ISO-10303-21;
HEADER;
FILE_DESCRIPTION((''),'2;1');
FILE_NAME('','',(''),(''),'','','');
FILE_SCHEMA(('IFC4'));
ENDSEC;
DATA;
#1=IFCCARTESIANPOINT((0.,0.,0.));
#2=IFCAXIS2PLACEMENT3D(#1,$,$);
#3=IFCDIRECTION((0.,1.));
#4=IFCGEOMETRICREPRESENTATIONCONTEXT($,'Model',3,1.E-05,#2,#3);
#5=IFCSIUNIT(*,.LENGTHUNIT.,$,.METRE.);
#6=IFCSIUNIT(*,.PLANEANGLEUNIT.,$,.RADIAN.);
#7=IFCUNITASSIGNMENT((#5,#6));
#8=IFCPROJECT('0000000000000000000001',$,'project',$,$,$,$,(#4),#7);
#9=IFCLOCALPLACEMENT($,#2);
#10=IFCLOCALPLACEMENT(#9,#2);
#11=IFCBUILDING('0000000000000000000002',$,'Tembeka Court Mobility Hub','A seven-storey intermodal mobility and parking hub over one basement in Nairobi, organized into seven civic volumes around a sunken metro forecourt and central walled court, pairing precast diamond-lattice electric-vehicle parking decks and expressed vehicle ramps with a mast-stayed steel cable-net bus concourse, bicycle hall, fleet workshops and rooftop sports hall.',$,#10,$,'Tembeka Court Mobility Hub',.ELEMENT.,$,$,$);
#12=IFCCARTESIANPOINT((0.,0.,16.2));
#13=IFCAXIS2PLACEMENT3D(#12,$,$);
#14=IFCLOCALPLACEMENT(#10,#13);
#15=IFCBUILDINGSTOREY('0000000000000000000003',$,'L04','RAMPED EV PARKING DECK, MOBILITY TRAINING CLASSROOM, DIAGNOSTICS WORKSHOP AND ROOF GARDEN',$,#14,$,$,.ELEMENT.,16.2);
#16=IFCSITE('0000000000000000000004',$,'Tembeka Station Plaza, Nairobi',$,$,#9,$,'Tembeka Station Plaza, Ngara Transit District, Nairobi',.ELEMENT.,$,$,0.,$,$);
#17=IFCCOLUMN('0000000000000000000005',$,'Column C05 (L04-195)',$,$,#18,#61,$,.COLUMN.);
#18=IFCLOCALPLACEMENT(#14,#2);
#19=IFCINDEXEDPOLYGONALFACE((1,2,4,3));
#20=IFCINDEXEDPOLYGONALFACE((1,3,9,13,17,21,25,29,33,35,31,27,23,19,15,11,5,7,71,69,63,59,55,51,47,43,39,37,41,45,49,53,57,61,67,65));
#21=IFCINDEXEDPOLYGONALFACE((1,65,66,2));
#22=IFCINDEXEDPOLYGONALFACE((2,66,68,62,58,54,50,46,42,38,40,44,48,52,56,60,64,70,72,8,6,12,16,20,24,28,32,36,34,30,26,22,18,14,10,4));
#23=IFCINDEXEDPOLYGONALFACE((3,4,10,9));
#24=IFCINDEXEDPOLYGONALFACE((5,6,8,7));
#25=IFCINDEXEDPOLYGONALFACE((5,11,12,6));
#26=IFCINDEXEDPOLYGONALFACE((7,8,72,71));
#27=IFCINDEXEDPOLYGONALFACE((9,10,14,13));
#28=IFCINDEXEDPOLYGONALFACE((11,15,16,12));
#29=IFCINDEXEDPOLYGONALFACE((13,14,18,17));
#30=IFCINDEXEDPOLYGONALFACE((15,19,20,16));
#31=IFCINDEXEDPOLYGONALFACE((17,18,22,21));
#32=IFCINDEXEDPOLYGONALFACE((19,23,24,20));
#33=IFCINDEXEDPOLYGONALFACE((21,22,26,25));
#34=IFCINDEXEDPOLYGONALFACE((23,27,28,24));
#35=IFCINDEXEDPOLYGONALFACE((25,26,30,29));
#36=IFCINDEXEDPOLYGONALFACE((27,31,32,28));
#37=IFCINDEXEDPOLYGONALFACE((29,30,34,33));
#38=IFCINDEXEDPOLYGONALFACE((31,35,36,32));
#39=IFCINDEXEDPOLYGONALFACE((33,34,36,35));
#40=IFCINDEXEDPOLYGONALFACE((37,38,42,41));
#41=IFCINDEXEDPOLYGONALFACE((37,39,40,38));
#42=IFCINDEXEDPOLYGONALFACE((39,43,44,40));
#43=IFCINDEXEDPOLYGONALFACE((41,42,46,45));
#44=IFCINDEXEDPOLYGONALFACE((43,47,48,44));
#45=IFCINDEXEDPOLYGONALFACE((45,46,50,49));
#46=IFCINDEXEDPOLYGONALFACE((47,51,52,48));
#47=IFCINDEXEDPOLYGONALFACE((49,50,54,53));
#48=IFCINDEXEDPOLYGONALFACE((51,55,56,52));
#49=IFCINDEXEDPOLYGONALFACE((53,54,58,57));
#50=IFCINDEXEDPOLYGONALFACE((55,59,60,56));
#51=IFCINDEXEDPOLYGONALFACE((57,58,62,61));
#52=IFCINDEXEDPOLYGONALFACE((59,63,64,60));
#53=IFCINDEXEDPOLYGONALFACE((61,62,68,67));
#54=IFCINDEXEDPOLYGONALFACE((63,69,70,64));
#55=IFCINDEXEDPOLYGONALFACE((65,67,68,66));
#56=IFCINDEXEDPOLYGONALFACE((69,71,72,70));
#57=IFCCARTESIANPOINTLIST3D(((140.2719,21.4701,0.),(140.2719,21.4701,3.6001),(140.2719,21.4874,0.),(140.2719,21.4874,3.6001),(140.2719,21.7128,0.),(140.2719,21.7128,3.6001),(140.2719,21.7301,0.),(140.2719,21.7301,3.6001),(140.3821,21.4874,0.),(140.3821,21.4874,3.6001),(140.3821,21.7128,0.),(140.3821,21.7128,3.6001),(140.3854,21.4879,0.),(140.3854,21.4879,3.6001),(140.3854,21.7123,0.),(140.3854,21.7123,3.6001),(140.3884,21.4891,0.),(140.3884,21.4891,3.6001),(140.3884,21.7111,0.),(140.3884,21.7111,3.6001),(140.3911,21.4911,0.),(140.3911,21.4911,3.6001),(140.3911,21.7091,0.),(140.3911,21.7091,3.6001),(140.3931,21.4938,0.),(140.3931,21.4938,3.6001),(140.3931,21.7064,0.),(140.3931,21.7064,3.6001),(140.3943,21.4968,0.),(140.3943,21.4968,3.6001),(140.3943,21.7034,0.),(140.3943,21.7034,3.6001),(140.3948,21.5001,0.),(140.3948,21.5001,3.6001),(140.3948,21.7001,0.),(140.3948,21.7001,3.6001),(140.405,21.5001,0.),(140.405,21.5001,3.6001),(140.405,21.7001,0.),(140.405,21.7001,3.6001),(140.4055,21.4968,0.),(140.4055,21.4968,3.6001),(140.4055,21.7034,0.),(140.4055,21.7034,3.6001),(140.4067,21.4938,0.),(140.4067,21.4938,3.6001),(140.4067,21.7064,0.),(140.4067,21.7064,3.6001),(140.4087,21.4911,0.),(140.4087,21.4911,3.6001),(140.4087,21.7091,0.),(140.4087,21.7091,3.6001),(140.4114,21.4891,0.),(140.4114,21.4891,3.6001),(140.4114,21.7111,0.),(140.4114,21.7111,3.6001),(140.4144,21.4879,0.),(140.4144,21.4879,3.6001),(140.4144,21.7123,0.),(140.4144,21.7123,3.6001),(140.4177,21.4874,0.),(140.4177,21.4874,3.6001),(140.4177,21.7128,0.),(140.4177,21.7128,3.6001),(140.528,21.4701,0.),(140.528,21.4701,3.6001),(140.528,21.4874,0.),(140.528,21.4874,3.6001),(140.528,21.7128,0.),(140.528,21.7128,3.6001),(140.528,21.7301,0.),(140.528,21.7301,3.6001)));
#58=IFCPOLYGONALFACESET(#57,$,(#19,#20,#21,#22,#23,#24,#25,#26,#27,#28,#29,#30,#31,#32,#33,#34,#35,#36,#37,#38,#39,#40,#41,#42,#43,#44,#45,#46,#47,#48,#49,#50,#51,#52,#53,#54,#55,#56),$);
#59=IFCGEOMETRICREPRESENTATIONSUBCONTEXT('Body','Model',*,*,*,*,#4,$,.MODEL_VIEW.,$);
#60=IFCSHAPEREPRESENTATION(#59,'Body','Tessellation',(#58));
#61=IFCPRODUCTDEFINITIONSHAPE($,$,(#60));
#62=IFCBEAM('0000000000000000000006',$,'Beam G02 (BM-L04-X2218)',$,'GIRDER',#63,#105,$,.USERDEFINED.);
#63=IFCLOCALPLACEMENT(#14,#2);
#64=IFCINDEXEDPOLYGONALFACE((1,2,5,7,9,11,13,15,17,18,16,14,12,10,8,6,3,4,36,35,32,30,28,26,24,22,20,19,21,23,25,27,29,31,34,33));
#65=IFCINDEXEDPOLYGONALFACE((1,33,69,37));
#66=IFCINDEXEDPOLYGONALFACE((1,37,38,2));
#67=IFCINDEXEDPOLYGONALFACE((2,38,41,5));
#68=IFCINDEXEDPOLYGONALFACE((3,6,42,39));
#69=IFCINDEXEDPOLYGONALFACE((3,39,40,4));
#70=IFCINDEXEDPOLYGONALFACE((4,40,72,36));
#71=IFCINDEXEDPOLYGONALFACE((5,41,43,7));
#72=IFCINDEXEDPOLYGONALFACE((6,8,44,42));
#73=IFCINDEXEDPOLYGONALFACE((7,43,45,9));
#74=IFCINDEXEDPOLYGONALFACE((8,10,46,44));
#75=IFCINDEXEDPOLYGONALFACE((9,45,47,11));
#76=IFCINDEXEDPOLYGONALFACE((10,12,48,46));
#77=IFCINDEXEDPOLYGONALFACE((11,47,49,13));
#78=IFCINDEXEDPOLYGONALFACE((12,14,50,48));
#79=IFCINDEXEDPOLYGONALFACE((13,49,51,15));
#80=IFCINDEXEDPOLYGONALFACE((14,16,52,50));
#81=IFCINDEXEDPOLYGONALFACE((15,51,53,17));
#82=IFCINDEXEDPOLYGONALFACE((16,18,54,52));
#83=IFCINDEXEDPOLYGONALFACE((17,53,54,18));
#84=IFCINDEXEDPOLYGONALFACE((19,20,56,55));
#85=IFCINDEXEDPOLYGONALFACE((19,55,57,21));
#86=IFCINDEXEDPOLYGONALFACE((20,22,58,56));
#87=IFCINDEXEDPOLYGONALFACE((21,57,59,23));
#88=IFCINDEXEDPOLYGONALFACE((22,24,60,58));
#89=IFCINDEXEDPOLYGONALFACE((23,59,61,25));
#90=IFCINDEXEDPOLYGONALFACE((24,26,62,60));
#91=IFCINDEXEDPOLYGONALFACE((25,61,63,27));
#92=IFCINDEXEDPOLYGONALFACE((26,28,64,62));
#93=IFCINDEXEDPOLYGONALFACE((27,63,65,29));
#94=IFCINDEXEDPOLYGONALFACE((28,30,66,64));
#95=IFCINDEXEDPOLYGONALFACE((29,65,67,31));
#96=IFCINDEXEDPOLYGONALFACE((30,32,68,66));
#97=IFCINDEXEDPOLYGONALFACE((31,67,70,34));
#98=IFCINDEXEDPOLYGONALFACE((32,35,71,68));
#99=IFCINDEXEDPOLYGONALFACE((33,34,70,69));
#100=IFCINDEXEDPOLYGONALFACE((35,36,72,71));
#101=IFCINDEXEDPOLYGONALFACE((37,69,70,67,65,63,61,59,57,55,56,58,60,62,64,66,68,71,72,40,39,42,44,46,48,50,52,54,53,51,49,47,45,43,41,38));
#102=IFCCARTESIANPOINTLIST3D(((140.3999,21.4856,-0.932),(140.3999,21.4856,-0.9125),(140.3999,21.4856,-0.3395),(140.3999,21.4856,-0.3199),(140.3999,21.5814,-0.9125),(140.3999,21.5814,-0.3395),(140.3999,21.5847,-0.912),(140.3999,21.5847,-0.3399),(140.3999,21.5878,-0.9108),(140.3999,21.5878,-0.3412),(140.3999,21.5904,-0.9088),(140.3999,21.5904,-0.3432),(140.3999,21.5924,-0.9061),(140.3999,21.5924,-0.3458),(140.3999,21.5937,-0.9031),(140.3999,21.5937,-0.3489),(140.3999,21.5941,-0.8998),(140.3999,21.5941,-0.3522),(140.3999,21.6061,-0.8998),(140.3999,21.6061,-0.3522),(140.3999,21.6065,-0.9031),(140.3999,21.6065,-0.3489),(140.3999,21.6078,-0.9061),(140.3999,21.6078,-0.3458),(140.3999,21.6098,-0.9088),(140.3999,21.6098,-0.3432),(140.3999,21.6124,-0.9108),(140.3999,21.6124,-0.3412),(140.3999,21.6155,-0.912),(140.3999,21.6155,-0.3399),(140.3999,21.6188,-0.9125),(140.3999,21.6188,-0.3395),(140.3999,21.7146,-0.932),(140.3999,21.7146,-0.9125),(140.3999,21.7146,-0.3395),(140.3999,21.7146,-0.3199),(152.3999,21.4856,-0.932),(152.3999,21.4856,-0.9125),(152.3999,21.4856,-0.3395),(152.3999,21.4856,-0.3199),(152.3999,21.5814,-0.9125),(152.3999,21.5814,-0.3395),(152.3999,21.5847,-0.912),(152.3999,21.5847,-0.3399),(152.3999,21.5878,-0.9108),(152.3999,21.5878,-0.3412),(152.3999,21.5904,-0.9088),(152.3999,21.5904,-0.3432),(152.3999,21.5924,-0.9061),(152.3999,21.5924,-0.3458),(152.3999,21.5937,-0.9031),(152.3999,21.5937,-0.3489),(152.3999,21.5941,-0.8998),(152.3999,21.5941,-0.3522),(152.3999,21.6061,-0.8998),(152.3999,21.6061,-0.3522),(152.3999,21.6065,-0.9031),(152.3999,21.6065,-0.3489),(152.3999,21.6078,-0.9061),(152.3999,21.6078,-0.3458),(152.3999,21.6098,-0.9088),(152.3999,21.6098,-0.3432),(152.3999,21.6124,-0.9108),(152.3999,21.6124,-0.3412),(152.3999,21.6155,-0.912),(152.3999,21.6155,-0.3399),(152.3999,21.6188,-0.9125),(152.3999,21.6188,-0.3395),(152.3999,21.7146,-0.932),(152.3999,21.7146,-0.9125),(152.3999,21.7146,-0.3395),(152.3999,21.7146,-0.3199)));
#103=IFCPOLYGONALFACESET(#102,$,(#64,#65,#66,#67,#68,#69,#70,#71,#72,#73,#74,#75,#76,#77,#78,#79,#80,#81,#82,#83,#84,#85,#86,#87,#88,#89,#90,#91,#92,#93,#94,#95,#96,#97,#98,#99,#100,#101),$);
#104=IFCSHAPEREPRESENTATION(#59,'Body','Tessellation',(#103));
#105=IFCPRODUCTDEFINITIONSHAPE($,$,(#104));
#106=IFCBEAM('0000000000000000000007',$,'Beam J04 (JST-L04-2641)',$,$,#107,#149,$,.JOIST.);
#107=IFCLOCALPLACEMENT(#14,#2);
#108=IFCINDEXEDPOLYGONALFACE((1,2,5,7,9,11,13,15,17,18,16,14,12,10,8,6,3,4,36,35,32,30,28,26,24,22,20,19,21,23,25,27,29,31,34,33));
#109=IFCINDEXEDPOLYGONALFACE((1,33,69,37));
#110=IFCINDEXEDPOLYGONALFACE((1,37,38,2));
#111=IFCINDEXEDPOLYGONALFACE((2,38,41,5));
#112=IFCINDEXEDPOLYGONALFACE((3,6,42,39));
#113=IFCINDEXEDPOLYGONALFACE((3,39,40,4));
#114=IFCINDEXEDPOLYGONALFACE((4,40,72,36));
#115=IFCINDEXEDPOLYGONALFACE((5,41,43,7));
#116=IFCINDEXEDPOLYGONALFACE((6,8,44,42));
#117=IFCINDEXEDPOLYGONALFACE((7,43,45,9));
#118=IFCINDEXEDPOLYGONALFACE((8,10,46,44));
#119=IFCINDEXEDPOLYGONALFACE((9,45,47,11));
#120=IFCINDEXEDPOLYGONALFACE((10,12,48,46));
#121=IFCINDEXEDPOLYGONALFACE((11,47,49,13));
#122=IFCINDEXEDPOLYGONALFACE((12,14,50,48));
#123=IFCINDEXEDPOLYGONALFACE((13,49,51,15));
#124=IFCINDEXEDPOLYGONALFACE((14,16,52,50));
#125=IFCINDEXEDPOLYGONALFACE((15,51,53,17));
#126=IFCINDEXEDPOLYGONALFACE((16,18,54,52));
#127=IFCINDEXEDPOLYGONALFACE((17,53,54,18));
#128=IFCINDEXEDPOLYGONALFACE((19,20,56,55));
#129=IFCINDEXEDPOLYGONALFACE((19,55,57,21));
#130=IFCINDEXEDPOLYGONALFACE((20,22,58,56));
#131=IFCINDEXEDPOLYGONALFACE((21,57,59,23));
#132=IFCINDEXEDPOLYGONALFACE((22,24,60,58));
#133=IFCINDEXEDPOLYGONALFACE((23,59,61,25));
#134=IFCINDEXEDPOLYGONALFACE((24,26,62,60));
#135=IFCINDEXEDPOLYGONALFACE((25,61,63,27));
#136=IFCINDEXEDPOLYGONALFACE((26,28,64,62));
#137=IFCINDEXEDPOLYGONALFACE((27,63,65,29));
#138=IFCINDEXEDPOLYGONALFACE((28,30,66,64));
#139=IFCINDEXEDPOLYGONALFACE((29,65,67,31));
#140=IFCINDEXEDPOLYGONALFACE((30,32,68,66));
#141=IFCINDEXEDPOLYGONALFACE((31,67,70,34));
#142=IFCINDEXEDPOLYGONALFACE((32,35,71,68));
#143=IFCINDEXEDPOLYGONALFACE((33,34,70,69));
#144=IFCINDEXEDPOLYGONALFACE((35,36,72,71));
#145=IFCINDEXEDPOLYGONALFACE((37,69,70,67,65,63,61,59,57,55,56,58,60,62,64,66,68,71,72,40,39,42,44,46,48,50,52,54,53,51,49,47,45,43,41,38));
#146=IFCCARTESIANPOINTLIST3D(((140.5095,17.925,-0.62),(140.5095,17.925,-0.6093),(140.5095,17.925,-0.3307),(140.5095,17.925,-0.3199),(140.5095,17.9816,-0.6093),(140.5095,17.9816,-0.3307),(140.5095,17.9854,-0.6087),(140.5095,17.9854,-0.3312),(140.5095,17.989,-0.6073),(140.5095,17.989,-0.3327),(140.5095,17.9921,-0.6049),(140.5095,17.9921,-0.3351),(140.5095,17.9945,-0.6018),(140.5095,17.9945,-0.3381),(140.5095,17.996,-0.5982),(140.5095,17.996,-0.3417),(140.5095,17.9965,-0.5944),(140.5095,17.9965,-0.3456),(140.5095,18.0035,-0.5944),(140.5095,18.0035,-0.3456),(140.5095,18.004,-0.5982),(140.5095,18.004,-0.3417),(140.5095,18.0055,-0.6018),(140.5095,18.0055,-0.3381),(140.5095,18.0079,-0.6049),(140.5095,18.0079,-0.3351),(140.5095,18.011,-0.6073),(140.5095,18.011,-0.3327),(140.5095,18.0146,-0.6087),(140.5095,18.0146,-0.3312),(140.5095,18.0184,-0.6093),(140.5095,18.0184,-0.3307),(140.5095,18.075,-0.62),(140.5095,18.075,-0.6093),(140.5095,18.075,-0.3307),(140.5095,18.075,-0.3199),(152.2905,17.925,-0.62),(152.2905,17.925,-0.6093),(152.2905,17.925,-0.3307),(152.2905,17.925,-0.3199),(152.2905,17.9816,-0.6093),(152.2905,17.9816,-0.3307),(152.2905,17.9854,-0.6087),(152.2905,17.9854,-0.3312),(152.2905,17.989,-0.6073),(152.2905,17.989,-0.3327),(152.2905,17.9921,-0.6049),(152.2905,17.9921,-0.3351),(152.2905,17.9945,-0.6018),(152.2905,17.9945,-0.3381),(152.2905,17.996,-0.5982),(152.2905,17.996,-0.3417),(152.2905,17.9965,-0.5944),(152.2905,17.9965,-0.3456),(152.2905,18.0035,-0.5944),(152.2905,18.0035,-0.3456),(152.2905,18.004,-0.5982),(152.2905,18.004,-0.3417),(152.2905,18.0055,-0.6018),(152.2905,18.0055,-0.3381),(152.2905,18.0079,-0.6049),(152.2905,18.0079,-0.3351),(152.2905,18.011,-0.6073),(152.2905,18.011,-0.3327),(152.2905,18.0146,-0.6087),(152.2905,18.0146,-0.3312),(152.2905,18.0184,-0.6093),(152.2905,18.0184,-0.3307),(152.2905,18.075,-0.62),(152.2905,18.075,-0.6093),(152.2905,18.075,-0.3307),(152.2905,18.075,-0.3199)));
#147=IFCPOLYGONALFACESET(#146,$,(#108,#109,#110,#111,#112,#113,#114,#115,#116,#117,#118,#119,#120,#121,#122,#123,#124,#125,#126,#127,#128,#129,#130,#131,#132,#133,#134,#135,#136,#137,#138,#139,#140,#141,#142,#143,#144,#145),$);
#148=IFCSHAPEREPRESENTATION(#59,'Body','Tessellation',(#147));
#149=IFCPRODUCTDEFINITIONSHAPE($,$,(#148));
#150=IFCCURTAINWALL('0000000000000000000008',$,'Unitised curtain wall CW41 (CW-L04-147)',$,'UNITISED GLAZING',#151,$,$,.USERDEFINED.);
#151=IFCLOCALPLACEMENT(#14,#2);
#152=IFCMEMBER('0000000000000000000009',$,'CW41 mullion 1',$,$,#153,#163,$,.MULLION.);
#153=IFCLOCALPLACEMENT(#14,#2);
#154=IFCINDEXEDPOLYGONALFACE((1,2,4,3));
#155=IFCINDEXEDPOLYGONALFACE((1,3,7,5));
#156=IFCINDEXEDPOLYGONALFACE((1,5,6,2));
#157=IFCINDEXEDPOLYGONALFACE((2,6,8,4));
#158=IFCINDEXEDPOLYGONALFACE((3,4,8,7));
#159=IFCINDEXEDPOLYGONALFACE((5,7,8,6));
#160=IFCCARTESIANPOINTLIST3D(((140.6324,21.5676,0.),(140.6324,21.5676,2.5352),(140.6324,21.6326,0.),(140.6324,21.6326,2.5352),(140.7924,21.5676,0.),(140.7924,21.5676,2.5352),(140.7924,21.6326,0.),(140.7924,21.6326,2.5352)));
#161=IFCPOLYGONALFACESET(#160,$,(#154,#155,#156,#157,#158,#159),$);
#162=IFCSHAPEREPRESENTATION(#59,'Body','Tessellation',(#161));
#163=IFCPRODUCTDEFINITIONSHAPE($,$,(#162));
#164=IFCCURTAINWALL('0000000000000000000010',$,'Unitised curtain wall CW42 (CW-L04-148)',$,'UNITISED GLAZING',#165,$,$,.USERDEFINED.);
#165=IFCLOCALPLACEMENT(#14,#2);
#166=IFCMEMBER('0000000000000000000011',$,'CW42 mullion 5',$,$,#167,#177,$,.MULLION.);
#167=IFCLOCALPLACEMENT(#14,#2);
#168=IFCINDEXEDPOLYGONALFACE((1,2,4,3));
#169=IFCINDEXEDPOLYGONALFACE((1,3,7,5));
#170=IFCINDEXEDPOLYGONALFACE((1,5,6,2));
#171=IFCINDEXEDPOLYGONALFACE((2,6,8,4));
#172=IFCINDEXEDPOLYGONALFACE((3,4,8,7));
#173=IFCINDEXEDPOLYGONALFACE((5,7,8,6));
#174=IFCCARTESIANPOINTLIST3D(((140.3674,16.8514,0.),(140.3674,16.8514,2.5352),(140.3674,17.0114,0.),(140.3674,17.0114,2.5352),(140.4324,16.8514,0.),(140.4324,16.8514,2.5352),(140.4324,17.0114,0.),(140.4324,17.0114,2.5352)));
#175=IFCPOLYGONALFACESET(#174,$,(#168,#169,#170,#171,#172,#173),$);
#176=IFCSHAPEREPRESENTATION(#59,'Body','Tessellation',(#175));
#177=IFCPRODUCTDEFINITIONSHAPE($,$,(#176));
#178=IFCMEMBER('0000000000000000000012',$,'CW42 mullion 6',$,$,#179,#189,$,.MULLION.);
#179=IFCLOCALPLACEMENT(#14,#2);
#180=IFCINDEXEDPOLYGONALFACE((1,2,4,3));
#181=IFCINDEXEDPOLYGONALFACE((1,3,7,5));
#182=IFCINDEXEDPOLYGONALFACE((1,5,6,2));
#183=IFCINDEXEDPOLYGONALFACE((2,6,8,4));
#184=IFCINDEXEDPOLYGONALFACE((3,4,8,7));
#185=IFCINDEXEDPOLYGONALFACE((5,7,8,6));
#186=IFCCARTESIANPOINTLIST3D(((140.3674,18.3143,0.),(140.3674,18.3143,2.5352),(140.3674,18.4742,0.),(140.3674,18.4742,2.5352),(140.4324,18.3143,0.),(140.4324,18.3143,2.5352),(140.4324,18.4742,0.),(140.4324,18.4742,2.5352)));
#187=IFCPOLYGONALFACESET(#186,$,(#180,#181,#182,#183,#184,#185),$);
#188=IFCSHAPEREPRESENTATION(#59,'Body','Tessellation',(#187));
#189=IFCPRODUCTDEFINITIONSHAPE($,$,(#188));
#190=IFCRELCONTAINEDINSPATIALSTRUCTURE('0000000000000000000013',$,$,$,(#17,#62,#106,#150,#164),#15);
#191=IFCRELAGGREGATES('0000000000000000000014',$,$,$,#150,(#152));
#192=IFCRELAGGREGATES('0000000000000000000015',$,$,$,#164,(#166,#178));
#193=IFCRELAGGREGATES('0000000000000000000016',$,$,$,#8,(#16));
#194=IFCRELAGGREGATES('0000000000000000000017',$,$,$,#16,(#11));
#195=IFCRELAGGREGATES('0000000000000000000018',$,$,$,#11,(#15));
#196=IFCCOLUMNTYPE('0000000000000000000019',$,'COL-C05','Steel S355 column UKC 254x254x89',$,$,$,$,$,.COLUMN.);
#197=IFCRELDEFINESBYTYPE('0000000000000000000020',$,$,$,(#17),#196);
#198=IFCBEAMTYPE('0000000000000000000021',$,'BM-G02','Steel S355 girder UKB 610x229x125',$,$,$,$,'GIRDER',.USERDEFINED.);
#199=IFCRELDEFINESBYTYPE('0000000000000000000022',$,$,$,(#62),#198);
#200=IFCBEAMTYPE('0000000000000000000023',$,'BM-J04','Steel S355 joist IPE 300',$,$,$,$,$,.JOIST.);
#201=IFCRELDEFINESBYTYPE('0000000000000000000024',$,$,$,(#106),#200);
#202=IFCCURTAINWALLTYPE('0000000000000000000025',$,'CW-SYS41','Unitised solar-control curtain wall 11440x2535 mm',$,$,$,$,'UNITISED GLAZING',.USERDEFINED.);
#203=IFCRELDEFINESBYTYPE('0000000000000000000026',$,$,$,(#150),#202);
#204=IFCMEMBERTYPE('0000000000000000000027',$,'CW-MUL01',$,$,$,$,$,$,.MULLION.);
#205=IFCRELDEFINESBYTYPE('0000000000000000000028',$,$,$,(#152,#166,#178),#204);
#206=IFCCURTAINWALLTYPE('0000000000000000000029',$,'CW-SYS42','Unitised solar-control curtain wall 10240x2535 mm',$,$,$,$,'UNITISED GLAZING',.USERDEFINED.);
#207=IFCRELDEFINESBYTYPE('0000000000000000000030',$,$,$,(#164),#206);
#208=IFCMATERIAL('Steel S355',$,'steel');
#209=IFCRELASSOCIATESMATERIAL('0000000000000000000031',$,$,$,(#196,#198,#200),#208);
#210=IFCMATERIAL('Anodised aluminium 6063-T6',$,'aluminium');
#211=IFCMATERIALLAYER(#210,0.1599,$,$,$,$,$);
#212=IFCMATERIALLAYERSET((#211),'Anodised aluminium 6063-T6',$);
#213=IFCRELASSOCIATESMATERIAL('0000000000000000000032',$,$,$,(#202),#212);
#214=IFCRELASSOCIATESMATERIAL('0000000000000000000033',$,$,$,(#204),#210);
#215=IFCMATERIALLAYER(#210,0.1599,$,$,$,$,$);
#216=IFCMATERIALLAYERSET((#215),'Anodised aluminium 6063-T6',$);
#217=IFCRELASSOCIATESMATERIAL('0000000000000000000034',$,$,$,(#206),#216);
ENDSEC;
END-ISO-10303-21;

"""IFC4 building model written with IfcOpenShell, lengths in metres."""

from ifc_helpers import new_model, si_unit, direction, frame, origin, origin_2d, place, context, subcontext, project, spatial, rectangle, i_section, extrude, material, layer, layer_set, material_profile, profile_set, type_object, element, aggregate, save


model = new_model("IFC4")

# Units and contexts
model_context = context("Model", 3, precision=1e-05, world=origin(), true_north=direction((0.0, 1.0)))
body_context = subcontext(model_context, "Body", "Model", "MODEL_VIEW")
ifc_project = project(units=[si_unit("LENGTHUNIT", "METRE"), si_unit("PLANEANGLEUNIT", "RADIAN")], contexts=[model_context])

# Site, building, storey
site_placement = place(None, origin())
site = spatial("IfcSite", under=ifc_project, at=site_placement, Name="Tembeka Station Plaza, Nairobi", LongName="Tembeka Station Plaza, Ngara Transit District, Nairobi", CompositionType="ELEMENT", RefElevation=0.0)
building_placement = place(site_placement, origin())
building = spatial("IfcBuilding", under=site, at=building_placement, Name="Tembeka Court Mobility Hub", Description="A seven-storey intermodal mobility and parking hub over one basement in Nairobi, organized into seven civic volumes around a sunken metro forecourt and central walled court, pairing precast diamond-lattice electric-vehicle parking decks and expressed vehicle ramps with a mast-stayed steel cable-net bus concourse, bicycle hall, fleet workshops and rooftop sports hall.", LongName="Tembeka Court Mobility Hub", CompositionType="ELEMENT")
storey_placement = place(building_placement, frame((0.0, 0.0, 16.2)))
storey = spatial("IfcBuildingStorey", under=building, at=storey_placement, Name="L04", Description="RAMPED EV PARKING DECK, MOBILITY TRAINING CLASSROOM, DIAGNOSTICS WORKSHOP AND ROOF GARDEN", CompositionType="ELEMENT", Elevation=16.2)

# Column
ifc_material_1 = material(Name="Steel S355", Category="steel")
ifc_material_profile_1 = material_profile(ifc_material_1, i_section(OverallWidth=0.2561, OverallDepth=0.26, WebThickness=0.0103, FlangeThickness=0.0173, FilletRadius=0.0127, at=origin_2d()), Name="UKC 254x254x89")
ifc_profile_set_1 = profile_set([ifc_material_profile_1], Name="Steel S355")
column_type = type_object("IfcColumnType", Name="COL-C05", Description="Steel S355 column UKC 254x254x89", PredefinedType="COLUMN", material=ifc_profile_set_1)
column_placement = place(storey_placement, frame((140.3999, 21.6001, 0.0), z_axis=(0.0, 0.0, 1.0), x_axis=(1.0, 0.0, 0.0)))
element("IfcColumn", 1, at=column_placement, inside=storey, type_object=column_type, Name="Column C05 (L04-195)", PredefinedType="COLUMN", context=body_context, shape_type="SweptSolid", body=[
    extrude(i_section(OverallWidth=0.2561, OverallDepth=0.26, WebThickness=0.0103, FlangeThickness=0.0173, FilletRadius=0.0127, at=origin_2d()), origin(), (0.0, 0.0, 1.0), 3.6001),
])

# Beams
ifc_material_profile_2 = material_profile(ifc_material_1, i_section(OverallWidth=0.229, OverallDepth=0.6121, WebThickness=0.012, FlangeThickness=0.0195, FilletRadius=0.0127, at=origin_2d()), Name="UKB 610x229x125")
ifc_profile_set_2 = profile_set([ifc_material_profile_2], Name="Steel S355")
beam_type_1 = type_object("IfcBeamType", Name="BM-G02", Description="Steel S355 girder UKB 610x229x125", ElementType="GIRDER", PredefinedType="USERDEFINED", material=ifc_profile_set_2)
beam_1_placement = place(storey_placement, frame((140.3999, 21.6001, -0.626), z_axis=(1.0, 0.0, 0.0), x_axis=(0.0, 1.0, 0.0)))
element("IfcBeam", 2, at=beam_1_placement, inside=storey, type_object=beam_type_1, Name="Beam G02 (BM-L04-X2218)", ObjectType="GIRDER", PredefinedType="USERDEFINED", context=body_context, shape_type="SweptSolid", body=[
    extrude(i_section(OverallWidth=0.229, OverallDepth=0.6121, WebThickness=0.012, FlangeThickness=0.0195, FilletRadius=0.0127, at=origin_2d()), origin(), (0.0, 0.0, 1.0), 12.0),
])
ifc_material_profile_3 = material_profile(ifc_material_1, i_section(OverallWidth=0.1499, OverallDepth=0.3, WebThickness=0.0071, FlangeThickness=0.0107, FilletRadius=0.0149, at=origin_2d()), Name="IPE 300")
ifc_profile_set_3 = profile_set([ifc_material_profile_3], Name="Steel S355")
beam_type_2 = type_object("IfcBeamType", Name="BM-J04", Description="Steel S355 joist IPE 300", PredefinedType="JOIST", material=ifc_profile_set_3)
beam_2_placement = place(storey_placement, frame((140.5095, 18.0, -0.47), z_axis=(1.0, 0.0, 0.0), x_axis=(0.0, 1.0, 0.0)))
element("IfcBeam", 3, at=beam_2_placement, inside=storey, type_object=beam_type_2, Name="Beam J04 (JST-L04-2641)", PredefinedType="JOIST", context=body_context, shape_type="SweptSolid", body=[
    extrude(i_section(OverallWidth=0.1499, OverallDepth=0.3, WebThickness=0.0071, FlangeThickness=0.0107, FilletRadius=0.0149, at=origin_2d()), origin(), (0.0, 0.0, 1.0), 11.781),
])

# Curtain wall, member
ifc_material_2 = material(Name="Anodised aluminium 6063-T6", Category="aluminium")
ifc_layer_1 = layer(ifc_material_2, 0.1599)
ifc_layer_set_1 = layer_set([ifc_layer_1], Name="Anodised aluminium 6063-T6")
curtain_wall_type_1 = type_object("IfcCurtainWallType", Name="CW-SYS41", Description="Unitised solar-control curtain wall 11440x2535 mm", ElementType="UNITISED GLAZING", PredefinedType="USERDEFINED", material=ifc_layer_set_1)
curtain_wall_1_placement = place(storey_placement, origin())
curtain_wall_1 = element("IfcCurtainWall", 4, at=curtain_wall_1_placement, inside=storey, type_object=curtain_wall_type_1, Name="Unitised curtain wall CW41 (CW-L04-147)", ObjectType="UNITISED GLAZING", PredefinedType="USERDEFINED")
ifc_material_profile_4 = material_profile(ifc_material_2, rectangle(XDim=0.0649, YDim=0.1599, at=origin_2d()), Name="ALU-MUL 65x160")
ifc_profile_set_4 = profile_set([ifc_material_profile_4], Name="Anodised aluminium 6063-T6")
member_type_1 = type_object("IfcMemberType", Name="CW-MUL01", PredefinedType="MULLION", material=ifc_profile_set_4)
member_1_placement = place(storey_placement, frame((140.7124, 21.6001, 0.0), z_axis=(0.0, 0.0, 1.0), x_axis=(0.0, 1.0, 0.0)))
member_1 = element("IfcMember", 5, at=member_1_placement, type_object=member_type_1, Name="CW41 mullion 1", PredefinedType="MULLION", context=body_context, shape_type="SweptSolid", body=[
    extrude(rectangle(XDim=0.0649, YDim=0.1599, at=origin_2d()), origin(), (0.0, 0.0, 1.0), 2.5352),
])

# Curtain wall, members
ifc_layer_2 = layer(ifc_material_2, 0.1599)
ifc_layer_set_2 = layer_set([ifc_layer_2], Name="Anodised aluminium 6063-T6")
curtain_wall_type_2 = type_object("IfcCurtainWallType", Name="CW-SYS42", Description="Unitised solar-control curtain wall 10240x2535 mm", ElementType="UNITISED GLAZING", PredefinedType="USERDEFINED", material=ifc_layer_set_2)
curtain_wall_2_placement = place(storey_placement, origin())
curtain_wall_2 = element("IfcCurtainWall", 6, at=curtain_wall_2_placement, inside=storey, type_object=curtain_wall_type_2, Name="Unitised curtain wall CW42 (CW-L04-148)", ObjectType="UNITISED GLAZING", PredefinedType="USERDEFINED")
member_2_placement = place(storey_placement, frame((140.3999, 16.9314, 0.0), z_axis=(0.0, 0.0, 1.0), x_axis=(-1.0, 0.0, 0.0)))
member_2 = element("IfcMember", 7, at=member_2_placement, type_object=member_type_1, Name="CW42 mullion 5", PredefinedType="MULLION", context=body_context, shape_type="SweptSolid", body=[
    extrude(rectangle(XDim=0.0649, YDim=0.1599, at=origin_2d()), origin(), (0.0, 0.0, 1.0), 2.5352),
])
member_3_placement = place(storey_placement, frame((140.3999, 18.3943, 0.0), z_axis=(0.0, 0.0, 1.0), x_axis=(-1.0, 0.0, 0.0)))
member_3 = element("IfcMember", 8, at=member_3_placement, type_object=member_type_1, Name="CW42 mullion 6", PredefinedType="MULLION", context=body_context, shape_type="SweptSolid", body=[
    extrude(rectangle(XDim=0.0649, YDim=0.1599, at=origin_2d()), origin(), (0.0, 0.0, 1.0), 2.5352),
])

aggregate(curtain_wall_1, [member_1])

aggregate(curtain_wall_2, [member_2, member_3])

save(model, "model.ifc")
